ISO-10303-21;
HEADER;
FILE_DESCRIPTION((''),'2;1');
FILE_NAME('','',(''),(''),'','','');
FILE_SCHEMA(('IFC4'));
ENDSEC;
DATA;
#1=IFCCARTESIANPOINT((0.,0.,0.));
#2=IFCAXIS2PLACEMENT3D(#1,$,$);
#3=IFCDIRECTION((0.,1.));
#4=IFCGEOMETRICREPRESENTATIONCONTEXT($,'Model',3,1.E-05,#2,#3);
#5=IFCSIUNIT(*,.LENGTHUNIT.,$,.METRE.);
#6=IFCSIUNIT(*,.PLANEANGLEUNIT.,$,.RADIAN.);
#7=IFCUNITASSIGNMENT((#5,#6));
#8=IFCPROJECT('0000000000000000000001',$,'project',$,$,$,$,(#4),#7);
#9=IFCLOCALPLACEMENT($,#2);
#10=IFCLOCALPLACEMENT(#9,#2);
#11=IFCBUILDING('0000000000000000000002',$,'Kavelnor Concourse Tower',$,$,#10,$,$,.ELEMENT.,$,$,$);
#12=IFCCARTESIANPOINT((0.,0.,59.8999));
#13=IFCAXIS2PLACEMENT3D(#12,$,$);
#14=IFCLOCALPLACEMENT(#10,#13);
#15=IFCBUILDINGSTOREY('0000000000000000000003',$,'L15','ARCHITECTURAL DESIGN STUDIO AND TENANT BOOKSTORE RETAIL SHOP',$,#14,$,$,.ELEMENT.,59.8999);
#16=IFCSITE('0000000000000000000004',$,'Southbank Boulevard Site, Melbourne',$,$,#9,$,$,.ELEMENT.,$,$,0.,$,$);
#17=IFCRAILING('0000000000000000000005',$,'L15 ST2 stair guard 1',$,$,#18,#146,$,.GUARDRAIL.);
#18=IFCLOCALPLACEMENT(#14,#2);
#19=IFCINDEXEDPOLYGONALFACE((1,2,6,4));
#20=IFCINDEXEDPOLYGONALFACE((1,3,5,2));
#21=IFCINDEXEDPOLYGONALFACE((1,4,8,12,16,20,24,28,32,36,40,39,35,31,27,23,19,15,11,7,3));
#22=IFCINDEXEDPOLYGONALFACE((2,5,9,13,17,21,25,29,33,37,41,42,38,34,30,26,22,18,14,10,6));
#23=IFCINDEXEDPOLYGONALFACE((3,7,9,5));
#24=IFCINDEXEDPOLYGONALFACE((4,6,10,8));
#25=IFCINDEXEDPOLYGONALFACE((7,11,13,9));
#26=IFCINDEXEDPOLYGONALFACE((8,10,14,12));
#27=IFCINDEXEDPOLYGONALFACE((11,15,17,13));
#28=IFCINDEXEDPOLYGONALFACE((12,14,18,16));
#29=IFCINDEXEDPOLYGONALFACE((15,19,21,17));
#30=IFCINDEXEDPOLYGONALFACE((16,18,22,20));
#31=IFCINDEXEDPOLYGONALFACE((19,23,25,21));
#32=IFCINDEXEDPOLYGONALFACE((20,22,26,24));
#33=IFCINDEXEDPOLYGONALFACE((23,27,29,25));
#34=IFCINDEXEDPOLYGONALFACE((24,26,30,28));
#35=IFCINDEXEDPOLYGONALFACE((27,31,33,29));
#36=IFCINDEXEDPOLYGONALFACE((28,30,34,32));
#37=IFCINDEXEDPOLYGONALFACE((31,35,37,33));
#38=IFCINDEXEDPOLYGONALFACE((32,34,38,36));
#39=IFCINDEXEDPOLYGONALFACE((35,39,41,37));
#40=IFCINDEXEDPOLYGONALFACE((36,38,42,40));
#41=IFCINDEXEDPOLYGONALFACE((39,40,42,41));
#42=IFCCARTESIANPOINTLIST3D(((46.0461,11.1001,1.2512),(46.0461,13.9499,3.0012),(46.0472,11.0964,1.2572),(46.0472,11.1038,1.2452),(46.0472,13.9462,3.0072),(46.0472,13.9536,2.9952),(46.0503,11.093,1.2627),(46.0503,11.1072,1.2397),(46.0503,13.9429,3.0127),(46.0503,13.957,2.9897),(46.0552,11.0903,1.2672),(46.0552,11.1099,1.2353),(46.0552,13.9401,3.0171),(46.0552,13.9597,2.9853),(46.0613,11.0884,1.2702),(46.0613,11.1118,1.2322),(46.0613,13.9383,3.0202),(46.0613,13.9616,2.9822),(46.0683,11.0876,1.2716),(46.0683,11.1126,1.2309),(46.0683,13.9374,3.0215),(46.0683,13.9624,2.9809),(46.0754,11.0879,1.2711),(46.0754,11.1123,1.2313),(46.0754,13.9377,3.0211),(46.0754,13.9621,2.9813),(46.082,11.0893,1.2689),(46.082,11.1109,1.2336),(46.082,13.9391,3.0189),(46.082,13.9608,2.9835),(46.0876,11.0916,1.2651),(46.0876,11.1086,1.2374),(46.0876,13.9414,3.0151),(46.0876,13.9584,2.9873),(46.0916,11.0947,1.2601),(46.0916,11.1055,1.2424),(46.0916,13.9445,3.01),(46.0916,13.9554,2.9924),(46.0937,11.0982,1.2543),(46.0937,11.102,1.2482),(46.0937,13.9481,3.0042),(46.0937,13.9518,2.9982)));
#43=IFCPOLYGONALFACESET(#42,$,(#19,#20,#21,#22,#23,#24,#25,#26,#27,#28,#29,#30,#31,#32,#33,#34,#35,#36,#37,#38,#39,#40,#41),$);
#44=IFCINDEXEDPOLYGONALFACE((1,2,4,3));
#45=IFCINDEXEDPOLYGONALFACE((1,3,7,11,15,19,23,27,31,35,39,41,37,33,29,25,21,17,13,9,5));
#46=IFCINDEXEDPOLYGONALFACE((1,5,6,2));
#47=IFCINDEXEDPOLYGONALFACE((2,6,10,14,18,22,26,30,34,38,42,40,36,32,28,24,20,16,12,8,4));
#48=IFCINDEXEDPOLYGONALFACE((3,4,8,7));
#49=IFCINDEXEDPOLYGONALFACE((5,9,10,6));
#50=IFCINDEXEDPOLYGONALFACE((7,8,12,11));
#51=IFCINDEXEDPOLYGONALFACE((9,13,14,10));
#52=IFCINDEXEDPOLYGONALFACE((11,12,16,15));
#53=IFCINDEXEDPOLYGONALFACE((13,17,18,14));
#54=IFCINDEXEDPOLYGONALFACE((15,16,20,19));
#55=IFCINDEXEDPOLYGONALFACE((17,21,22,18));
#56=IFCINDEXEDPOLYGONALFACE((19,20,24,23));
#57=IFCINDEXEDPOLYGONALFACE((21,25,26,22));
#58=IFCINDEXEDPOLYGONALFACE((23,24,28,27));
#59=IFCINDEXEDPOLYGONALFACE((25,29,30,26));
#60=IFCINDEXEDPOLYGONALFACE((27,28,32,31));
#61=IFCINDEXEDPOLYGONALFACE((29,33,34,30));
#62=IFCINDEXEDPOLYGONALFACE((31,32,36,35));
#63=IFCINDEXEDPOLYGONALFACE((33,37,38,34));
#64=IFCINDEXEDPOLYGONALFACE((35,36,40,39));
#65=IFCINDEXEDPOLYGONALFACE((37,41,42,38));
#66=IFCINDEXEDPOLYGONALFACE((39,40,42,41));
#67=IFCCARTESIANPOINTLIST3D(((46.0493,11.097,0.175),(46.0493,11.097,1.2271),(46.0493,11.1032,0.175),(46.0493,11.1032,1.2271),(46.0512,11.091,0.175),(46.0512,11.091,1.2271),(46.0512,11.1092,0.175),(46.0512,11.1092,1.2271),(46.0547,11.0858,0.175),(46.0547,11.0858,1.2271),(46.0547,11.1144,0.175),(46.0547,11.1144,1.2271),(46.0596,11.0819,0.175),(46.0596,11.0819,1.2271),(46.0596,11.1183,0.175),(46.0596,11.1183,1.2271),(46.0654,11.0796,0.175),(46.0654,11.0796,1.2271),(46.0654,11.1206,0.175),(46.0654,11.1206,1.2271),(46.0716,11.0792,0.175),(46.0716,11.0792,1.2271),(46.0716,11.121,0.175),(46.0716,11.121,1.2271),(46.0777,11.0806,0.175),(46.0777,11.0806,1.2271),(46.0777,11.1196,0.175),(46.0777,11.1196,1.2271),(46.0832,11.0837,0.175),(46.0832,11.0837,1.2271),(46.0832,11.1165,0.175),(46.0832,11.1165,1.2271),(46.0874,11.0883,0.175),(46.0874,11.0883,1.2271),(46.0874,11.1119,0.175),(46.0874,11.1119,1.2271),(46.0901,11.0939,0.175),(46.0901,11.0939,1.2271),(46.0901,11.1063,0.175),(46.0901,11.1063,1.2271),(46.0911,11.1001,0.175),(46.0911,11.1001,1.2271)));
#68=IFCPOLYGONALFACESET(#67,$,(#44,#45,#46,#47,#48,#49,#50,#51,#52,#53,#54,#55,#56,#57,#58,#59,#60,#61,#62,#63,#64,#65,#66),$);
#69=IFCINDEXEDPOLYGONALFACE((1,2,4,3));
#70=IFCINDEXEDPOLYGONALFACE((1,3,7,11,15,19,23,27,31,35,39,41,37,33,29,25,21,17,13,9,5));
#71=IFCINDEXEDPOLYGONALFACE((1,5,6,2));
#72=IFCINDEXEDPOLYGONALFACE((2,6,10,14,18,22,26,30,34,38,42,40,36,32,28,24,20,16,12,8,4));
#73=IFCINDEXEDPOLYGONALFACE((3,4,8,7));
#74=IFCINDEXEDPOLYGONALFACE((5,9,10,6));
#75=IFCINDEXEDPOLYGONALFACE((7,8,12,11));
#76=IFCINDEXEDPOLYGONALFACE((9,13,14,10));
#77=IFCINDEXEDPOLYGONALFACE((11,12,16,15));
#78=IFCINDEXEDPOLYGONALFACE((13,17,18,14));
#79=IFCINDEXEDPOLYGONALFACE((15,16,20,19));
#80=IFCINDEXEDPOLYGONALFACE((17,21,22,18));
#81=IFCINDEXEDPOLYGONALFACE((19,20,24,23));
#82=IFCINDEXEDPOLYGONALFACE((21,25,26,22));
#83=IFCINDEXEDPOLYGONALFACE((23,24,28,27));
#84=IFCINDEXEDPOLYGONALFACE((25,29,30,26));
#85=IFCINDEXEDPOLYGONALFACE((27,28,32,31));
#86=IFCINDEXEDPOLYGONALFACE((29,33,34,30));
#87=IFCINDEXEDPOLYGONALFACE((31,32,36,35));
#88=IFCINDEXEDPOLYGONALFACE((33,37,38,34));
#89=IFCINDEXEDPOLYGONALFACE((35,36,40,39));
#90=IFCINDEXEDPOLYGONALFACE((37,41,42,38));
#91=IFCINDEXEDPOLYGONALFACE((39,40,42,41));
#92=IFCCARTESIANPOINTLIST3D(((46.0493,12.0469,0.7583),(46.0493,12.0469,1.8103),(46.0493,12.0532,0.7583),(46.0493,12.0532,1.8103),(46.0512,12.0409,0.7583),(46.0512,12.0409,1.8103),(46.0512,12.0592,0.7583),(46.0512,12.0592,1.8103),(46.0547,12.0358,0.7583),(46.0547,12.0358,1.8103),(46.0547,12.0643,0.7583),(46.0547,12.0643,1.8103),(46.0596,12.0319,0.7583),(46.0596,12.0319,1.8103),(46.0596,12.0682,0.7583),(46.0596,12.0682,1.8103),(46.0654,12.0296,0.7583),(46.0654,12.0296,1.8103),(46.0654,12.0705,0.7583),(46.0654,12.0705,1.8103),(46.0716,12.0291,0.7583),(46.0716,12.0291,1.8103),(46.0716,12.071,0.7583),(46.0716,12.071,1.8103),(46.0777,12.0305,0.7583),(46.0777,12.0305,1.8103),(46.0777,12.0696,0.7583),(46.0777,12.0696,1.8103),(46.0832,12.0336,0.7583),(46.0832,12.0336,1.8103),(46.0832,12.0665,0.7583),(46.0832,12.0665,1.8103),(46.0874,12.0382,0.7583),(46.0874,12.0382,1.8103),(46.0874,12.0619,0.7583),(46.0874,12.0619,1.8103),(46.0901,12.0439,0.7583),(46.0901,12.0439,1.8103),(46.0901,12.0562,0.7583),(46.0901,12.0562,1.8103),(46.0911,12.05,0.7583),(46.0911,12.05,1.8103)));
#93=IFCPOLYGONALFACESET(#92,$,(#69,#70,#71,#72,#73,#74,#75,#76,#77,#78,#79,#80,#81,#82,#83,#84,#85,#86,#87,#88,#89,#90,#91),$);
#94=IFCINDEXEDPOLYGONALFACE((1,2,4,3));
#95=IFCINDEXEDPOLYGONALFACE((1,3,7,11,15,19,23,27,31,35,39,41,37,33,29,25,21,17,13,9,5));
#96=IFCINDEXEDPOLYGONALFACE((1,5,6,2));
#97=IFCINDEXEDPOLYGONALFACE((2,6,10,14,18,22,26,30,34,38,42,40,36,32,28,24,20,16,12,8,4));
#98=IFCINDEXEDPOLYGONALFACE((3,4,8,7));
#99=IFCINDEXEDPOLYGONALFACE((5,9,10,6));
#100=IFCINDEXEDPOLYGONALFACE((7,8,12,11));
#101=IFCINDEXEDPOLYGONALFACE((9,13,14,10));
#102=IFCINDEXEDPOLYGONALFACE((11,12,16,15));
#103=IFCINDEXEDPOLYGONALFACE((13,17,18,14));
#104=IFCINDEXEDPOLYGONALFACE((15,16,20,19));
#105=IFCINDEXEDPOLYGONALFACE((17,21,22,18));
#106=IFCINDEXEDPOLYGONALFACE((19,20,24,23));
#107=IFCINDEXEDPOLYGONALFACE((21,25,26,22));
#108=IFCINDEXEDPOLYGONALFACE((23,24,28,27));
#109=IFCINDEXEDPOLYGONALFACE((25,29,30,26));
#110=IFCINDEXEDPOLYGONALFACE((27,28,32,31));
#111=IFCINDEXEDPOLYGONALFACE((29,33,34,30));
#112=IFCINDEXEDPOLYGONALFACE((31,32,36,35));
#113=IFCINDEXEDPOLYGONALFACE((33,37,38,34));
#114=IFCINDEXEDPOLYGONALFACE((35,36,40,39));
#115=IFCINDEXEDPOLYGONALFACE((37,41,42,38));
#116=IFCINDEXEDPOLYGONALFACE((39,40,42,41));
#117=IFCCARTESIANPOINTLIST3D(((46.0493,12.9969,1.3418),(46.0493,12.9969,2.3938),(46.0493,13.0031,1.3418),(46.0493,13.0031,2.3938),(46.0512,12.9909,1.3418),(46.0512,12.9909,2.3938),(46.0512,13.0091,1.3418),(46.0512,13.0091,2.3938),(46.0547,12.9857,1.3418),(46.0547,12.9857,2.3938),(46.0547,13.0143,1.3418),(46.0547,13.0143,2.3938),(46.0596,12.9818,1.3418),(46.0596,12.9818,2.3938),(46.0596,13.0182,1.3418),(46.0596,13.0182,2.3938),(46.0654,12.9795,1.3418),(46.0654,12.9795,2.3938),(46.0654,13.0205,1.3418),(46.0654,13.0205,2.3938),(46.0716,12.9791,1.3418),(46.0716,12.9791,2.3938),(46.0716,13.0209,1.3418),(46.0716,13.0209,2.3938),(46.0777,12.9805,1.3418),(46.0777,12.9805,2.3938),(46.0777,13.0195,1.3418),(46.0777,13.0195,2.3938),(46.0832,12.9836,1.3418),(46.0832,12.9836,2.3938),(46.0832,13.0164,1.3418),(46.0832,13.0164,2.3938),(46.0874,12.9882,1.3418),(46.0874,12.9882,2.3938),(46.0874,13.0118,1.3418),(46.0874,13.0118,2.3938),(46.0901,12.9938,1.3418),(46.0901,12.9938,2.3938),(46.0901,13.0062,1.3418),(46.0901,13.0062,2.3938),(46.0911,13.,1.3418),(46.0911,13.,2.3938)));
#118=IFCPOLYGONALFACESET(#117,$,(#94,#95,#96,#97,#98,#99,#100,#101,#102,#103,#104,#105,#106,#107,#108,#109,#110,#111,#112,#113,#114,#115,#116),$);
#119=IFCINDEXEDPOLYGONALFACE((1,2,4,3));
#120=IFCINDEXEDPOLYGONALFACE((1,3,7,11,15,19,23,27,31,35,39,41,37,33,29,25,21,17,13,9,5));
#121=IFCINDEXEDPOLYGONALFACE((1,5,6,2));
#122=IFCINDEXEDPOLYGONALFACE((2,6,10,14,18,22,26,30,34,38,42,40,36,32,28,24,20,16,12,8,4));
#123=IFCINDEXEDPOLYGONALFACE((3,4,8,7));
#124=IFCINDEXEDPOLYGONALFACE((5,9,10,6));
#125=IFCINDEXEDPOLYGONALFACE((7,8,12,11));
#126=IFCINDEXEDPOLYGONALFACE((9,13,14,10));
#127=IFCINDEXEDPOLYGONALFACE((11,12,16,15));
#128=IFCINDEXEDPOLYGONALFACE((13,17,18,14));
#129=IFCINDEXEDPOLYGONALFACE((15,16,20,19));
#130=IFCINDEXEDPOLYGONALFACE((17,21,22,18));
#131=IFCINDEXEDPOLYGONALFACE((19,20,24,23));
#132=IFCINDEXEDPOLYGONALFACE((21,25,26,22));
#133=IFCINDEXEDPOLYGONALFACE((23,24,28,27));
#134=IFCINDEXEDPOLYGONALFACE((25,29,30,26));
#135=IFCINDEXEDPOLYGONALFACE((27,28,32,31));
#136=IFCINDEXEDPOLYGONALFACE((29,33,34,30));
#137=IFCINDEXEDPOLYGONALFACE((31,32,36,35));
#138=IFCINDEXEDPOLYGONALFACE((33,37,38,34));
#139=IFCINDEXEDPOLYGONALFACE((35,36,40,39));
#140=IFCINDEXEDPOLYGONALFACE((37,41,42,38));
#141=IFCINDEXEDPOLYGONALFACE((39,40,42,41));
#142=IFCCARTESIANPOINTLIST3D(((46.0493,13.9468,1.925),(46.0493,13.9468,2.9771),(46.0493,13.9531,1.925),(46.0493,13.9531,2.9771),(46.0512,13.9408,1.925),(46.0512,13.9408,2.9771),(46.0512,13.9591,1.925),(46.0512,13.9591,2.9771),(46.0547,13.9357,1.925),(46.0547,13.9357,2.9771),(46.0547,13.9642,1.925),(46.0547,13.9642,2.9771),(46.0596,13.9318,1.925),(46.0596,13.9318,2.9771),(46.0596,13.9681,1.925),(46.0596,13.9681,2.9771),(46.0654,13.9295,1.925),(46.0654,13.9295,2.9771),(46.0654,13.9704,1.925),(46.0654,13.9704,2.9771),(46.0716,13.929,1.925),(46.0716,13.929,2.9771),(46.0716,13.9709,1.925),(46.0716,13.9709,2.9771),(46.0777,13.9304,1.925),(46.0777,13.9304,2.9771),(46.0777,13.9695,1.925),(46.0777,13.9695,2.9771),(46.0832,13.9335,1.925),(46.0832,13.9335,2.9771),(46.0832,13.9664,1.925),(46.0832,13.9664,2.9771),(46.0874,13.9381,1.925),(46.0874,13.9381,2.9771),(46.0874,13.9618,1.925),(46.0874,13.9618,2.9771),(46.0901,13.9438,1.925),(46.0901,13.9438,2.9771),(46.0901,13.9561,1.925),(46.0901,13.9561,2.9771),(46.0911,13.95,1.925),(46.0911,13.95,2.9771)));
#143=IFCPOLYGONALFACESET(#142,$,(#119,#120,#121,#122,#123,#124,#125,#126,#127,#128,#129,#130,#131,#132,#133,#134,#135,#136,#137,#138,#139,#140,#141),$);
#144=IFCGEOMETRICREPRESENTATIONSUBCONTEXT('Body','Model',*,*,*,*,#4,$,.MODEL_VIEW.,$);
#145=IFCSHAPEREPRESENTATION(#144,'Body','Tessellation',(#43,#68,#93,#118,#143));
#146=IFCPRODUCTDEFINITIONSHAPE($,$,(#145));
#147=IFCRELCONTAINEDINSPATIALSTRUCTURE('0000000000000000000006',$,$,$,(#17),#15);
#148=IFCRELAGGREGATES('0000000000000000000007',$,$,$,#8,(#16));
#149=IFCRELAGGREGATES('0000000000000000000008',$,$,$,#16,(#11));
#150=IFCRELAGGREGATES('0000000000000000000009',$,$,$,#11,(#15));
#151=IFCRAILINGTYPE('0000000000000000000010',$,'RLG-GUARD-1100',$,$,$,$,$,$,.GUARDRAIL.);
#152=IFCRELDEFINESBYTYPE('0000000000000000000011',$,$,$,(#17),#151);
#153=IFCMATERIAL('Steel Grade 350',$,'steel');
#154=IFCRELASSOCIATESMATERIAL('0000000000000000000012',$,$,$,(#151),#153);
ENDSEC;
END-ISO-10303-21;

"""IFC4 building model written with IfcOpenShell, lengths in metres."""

from ifc_helpers import new_model, si_unit, direction, frame, origin, origin_2d, place, context, subcontext, project, spatial, circle, extrude, material, type_object, element, save


model = new_model("IFC4")

# Units and contexts
model_context = context("Model", 3, precision=1e-05, world=origin(), true_north=direction((0.0, 1.0)))
body_context = subcontext(model_context, "Body", "Model", "MODEL_VIEW")
ifc_project = project(units=[si_unit("LENGTHUNIT", "METRE"), si_unit("PLANEANGLEUNIT", "RADIAN")], contexts=[model_context])

# Site, building, storey
site_placement = place(None, origin())
site = spatial("IfcSite", under=ifc_project, at=site_placement, Name="Southbank Boulevard Site, Melbourne", CompositionType="ELEMENT", RefElevation=0.0)
building_placement = place(site_placement, origin())
building = spatial("IfcBuilding", under=site, at=building_placement, Name="Kavelnor Concourse Tower", CompositionType="ELEMENT")
storey_placement = place(building_placement, frame((0.0, 0.0, 59.8999)))
storey = spatial("IfcBuildingStorey", under=building, at=storey_placement, Name="L15", Description="ARCHITECTURAL DESIGN STUDIO AND TENANT BOOKSTORE RETAIL SHOP", CompositionType="ELEMENT", Elevation=59.8999)

# Shared definitions
ifc_material_1 = material(Name="Steel Grade 350", Category="steel")

# Railing
railing_type_1 = type_object("IfcRailingType", Name="RLG-GUARD-1100", PredefinedType="GUARDRAIL", material=ifc_material_1)
railing_1_placement = place(storey_placement, frame((46.0701, 11.1001, 0.175)))
element("IfcRailing", 1, at=railing_1_placement, inside=storey, type_object=railing_type_1, Name="L15 ST2 stair guard 1", PredefinedType="GUARDRAIL", context=body_context, shape_type="SweptSolid", body=[
    extrude(circle(Radius=0.0239, at=origin_2d()), frame((0.0, 0.0, 1.0762), z_axis=(0.0, 0.852159, 0.523283), x_axis=(-1.0, 0.0, 0.0)), (0.0, 0.0, 1.0), 3.3442),
    extrude(circle(Radius=0.021, at=origin_2d()), origin(), (0.0, 0.0, 1.0), 1.052),
    extrude(circle(Radius=0.021, at=origin_2d()), frame((0.0, 0.95, 0.5833)), (0.0, 0.0, 1.0), 1.052),
    extrude(circle(Radius=0.021, at=origin_2d()), frame((0.0, 1.8999, 1.1667)), (0.0, 0.0, 1.0), 1.052),
    extrude(circle(Radius=0.021, at=origin_2d()), frame((0.0, 2.8499, 1.75)), (0.0, 0.0, 1.0), 1.052),
])

save(model, "model.ifc")
